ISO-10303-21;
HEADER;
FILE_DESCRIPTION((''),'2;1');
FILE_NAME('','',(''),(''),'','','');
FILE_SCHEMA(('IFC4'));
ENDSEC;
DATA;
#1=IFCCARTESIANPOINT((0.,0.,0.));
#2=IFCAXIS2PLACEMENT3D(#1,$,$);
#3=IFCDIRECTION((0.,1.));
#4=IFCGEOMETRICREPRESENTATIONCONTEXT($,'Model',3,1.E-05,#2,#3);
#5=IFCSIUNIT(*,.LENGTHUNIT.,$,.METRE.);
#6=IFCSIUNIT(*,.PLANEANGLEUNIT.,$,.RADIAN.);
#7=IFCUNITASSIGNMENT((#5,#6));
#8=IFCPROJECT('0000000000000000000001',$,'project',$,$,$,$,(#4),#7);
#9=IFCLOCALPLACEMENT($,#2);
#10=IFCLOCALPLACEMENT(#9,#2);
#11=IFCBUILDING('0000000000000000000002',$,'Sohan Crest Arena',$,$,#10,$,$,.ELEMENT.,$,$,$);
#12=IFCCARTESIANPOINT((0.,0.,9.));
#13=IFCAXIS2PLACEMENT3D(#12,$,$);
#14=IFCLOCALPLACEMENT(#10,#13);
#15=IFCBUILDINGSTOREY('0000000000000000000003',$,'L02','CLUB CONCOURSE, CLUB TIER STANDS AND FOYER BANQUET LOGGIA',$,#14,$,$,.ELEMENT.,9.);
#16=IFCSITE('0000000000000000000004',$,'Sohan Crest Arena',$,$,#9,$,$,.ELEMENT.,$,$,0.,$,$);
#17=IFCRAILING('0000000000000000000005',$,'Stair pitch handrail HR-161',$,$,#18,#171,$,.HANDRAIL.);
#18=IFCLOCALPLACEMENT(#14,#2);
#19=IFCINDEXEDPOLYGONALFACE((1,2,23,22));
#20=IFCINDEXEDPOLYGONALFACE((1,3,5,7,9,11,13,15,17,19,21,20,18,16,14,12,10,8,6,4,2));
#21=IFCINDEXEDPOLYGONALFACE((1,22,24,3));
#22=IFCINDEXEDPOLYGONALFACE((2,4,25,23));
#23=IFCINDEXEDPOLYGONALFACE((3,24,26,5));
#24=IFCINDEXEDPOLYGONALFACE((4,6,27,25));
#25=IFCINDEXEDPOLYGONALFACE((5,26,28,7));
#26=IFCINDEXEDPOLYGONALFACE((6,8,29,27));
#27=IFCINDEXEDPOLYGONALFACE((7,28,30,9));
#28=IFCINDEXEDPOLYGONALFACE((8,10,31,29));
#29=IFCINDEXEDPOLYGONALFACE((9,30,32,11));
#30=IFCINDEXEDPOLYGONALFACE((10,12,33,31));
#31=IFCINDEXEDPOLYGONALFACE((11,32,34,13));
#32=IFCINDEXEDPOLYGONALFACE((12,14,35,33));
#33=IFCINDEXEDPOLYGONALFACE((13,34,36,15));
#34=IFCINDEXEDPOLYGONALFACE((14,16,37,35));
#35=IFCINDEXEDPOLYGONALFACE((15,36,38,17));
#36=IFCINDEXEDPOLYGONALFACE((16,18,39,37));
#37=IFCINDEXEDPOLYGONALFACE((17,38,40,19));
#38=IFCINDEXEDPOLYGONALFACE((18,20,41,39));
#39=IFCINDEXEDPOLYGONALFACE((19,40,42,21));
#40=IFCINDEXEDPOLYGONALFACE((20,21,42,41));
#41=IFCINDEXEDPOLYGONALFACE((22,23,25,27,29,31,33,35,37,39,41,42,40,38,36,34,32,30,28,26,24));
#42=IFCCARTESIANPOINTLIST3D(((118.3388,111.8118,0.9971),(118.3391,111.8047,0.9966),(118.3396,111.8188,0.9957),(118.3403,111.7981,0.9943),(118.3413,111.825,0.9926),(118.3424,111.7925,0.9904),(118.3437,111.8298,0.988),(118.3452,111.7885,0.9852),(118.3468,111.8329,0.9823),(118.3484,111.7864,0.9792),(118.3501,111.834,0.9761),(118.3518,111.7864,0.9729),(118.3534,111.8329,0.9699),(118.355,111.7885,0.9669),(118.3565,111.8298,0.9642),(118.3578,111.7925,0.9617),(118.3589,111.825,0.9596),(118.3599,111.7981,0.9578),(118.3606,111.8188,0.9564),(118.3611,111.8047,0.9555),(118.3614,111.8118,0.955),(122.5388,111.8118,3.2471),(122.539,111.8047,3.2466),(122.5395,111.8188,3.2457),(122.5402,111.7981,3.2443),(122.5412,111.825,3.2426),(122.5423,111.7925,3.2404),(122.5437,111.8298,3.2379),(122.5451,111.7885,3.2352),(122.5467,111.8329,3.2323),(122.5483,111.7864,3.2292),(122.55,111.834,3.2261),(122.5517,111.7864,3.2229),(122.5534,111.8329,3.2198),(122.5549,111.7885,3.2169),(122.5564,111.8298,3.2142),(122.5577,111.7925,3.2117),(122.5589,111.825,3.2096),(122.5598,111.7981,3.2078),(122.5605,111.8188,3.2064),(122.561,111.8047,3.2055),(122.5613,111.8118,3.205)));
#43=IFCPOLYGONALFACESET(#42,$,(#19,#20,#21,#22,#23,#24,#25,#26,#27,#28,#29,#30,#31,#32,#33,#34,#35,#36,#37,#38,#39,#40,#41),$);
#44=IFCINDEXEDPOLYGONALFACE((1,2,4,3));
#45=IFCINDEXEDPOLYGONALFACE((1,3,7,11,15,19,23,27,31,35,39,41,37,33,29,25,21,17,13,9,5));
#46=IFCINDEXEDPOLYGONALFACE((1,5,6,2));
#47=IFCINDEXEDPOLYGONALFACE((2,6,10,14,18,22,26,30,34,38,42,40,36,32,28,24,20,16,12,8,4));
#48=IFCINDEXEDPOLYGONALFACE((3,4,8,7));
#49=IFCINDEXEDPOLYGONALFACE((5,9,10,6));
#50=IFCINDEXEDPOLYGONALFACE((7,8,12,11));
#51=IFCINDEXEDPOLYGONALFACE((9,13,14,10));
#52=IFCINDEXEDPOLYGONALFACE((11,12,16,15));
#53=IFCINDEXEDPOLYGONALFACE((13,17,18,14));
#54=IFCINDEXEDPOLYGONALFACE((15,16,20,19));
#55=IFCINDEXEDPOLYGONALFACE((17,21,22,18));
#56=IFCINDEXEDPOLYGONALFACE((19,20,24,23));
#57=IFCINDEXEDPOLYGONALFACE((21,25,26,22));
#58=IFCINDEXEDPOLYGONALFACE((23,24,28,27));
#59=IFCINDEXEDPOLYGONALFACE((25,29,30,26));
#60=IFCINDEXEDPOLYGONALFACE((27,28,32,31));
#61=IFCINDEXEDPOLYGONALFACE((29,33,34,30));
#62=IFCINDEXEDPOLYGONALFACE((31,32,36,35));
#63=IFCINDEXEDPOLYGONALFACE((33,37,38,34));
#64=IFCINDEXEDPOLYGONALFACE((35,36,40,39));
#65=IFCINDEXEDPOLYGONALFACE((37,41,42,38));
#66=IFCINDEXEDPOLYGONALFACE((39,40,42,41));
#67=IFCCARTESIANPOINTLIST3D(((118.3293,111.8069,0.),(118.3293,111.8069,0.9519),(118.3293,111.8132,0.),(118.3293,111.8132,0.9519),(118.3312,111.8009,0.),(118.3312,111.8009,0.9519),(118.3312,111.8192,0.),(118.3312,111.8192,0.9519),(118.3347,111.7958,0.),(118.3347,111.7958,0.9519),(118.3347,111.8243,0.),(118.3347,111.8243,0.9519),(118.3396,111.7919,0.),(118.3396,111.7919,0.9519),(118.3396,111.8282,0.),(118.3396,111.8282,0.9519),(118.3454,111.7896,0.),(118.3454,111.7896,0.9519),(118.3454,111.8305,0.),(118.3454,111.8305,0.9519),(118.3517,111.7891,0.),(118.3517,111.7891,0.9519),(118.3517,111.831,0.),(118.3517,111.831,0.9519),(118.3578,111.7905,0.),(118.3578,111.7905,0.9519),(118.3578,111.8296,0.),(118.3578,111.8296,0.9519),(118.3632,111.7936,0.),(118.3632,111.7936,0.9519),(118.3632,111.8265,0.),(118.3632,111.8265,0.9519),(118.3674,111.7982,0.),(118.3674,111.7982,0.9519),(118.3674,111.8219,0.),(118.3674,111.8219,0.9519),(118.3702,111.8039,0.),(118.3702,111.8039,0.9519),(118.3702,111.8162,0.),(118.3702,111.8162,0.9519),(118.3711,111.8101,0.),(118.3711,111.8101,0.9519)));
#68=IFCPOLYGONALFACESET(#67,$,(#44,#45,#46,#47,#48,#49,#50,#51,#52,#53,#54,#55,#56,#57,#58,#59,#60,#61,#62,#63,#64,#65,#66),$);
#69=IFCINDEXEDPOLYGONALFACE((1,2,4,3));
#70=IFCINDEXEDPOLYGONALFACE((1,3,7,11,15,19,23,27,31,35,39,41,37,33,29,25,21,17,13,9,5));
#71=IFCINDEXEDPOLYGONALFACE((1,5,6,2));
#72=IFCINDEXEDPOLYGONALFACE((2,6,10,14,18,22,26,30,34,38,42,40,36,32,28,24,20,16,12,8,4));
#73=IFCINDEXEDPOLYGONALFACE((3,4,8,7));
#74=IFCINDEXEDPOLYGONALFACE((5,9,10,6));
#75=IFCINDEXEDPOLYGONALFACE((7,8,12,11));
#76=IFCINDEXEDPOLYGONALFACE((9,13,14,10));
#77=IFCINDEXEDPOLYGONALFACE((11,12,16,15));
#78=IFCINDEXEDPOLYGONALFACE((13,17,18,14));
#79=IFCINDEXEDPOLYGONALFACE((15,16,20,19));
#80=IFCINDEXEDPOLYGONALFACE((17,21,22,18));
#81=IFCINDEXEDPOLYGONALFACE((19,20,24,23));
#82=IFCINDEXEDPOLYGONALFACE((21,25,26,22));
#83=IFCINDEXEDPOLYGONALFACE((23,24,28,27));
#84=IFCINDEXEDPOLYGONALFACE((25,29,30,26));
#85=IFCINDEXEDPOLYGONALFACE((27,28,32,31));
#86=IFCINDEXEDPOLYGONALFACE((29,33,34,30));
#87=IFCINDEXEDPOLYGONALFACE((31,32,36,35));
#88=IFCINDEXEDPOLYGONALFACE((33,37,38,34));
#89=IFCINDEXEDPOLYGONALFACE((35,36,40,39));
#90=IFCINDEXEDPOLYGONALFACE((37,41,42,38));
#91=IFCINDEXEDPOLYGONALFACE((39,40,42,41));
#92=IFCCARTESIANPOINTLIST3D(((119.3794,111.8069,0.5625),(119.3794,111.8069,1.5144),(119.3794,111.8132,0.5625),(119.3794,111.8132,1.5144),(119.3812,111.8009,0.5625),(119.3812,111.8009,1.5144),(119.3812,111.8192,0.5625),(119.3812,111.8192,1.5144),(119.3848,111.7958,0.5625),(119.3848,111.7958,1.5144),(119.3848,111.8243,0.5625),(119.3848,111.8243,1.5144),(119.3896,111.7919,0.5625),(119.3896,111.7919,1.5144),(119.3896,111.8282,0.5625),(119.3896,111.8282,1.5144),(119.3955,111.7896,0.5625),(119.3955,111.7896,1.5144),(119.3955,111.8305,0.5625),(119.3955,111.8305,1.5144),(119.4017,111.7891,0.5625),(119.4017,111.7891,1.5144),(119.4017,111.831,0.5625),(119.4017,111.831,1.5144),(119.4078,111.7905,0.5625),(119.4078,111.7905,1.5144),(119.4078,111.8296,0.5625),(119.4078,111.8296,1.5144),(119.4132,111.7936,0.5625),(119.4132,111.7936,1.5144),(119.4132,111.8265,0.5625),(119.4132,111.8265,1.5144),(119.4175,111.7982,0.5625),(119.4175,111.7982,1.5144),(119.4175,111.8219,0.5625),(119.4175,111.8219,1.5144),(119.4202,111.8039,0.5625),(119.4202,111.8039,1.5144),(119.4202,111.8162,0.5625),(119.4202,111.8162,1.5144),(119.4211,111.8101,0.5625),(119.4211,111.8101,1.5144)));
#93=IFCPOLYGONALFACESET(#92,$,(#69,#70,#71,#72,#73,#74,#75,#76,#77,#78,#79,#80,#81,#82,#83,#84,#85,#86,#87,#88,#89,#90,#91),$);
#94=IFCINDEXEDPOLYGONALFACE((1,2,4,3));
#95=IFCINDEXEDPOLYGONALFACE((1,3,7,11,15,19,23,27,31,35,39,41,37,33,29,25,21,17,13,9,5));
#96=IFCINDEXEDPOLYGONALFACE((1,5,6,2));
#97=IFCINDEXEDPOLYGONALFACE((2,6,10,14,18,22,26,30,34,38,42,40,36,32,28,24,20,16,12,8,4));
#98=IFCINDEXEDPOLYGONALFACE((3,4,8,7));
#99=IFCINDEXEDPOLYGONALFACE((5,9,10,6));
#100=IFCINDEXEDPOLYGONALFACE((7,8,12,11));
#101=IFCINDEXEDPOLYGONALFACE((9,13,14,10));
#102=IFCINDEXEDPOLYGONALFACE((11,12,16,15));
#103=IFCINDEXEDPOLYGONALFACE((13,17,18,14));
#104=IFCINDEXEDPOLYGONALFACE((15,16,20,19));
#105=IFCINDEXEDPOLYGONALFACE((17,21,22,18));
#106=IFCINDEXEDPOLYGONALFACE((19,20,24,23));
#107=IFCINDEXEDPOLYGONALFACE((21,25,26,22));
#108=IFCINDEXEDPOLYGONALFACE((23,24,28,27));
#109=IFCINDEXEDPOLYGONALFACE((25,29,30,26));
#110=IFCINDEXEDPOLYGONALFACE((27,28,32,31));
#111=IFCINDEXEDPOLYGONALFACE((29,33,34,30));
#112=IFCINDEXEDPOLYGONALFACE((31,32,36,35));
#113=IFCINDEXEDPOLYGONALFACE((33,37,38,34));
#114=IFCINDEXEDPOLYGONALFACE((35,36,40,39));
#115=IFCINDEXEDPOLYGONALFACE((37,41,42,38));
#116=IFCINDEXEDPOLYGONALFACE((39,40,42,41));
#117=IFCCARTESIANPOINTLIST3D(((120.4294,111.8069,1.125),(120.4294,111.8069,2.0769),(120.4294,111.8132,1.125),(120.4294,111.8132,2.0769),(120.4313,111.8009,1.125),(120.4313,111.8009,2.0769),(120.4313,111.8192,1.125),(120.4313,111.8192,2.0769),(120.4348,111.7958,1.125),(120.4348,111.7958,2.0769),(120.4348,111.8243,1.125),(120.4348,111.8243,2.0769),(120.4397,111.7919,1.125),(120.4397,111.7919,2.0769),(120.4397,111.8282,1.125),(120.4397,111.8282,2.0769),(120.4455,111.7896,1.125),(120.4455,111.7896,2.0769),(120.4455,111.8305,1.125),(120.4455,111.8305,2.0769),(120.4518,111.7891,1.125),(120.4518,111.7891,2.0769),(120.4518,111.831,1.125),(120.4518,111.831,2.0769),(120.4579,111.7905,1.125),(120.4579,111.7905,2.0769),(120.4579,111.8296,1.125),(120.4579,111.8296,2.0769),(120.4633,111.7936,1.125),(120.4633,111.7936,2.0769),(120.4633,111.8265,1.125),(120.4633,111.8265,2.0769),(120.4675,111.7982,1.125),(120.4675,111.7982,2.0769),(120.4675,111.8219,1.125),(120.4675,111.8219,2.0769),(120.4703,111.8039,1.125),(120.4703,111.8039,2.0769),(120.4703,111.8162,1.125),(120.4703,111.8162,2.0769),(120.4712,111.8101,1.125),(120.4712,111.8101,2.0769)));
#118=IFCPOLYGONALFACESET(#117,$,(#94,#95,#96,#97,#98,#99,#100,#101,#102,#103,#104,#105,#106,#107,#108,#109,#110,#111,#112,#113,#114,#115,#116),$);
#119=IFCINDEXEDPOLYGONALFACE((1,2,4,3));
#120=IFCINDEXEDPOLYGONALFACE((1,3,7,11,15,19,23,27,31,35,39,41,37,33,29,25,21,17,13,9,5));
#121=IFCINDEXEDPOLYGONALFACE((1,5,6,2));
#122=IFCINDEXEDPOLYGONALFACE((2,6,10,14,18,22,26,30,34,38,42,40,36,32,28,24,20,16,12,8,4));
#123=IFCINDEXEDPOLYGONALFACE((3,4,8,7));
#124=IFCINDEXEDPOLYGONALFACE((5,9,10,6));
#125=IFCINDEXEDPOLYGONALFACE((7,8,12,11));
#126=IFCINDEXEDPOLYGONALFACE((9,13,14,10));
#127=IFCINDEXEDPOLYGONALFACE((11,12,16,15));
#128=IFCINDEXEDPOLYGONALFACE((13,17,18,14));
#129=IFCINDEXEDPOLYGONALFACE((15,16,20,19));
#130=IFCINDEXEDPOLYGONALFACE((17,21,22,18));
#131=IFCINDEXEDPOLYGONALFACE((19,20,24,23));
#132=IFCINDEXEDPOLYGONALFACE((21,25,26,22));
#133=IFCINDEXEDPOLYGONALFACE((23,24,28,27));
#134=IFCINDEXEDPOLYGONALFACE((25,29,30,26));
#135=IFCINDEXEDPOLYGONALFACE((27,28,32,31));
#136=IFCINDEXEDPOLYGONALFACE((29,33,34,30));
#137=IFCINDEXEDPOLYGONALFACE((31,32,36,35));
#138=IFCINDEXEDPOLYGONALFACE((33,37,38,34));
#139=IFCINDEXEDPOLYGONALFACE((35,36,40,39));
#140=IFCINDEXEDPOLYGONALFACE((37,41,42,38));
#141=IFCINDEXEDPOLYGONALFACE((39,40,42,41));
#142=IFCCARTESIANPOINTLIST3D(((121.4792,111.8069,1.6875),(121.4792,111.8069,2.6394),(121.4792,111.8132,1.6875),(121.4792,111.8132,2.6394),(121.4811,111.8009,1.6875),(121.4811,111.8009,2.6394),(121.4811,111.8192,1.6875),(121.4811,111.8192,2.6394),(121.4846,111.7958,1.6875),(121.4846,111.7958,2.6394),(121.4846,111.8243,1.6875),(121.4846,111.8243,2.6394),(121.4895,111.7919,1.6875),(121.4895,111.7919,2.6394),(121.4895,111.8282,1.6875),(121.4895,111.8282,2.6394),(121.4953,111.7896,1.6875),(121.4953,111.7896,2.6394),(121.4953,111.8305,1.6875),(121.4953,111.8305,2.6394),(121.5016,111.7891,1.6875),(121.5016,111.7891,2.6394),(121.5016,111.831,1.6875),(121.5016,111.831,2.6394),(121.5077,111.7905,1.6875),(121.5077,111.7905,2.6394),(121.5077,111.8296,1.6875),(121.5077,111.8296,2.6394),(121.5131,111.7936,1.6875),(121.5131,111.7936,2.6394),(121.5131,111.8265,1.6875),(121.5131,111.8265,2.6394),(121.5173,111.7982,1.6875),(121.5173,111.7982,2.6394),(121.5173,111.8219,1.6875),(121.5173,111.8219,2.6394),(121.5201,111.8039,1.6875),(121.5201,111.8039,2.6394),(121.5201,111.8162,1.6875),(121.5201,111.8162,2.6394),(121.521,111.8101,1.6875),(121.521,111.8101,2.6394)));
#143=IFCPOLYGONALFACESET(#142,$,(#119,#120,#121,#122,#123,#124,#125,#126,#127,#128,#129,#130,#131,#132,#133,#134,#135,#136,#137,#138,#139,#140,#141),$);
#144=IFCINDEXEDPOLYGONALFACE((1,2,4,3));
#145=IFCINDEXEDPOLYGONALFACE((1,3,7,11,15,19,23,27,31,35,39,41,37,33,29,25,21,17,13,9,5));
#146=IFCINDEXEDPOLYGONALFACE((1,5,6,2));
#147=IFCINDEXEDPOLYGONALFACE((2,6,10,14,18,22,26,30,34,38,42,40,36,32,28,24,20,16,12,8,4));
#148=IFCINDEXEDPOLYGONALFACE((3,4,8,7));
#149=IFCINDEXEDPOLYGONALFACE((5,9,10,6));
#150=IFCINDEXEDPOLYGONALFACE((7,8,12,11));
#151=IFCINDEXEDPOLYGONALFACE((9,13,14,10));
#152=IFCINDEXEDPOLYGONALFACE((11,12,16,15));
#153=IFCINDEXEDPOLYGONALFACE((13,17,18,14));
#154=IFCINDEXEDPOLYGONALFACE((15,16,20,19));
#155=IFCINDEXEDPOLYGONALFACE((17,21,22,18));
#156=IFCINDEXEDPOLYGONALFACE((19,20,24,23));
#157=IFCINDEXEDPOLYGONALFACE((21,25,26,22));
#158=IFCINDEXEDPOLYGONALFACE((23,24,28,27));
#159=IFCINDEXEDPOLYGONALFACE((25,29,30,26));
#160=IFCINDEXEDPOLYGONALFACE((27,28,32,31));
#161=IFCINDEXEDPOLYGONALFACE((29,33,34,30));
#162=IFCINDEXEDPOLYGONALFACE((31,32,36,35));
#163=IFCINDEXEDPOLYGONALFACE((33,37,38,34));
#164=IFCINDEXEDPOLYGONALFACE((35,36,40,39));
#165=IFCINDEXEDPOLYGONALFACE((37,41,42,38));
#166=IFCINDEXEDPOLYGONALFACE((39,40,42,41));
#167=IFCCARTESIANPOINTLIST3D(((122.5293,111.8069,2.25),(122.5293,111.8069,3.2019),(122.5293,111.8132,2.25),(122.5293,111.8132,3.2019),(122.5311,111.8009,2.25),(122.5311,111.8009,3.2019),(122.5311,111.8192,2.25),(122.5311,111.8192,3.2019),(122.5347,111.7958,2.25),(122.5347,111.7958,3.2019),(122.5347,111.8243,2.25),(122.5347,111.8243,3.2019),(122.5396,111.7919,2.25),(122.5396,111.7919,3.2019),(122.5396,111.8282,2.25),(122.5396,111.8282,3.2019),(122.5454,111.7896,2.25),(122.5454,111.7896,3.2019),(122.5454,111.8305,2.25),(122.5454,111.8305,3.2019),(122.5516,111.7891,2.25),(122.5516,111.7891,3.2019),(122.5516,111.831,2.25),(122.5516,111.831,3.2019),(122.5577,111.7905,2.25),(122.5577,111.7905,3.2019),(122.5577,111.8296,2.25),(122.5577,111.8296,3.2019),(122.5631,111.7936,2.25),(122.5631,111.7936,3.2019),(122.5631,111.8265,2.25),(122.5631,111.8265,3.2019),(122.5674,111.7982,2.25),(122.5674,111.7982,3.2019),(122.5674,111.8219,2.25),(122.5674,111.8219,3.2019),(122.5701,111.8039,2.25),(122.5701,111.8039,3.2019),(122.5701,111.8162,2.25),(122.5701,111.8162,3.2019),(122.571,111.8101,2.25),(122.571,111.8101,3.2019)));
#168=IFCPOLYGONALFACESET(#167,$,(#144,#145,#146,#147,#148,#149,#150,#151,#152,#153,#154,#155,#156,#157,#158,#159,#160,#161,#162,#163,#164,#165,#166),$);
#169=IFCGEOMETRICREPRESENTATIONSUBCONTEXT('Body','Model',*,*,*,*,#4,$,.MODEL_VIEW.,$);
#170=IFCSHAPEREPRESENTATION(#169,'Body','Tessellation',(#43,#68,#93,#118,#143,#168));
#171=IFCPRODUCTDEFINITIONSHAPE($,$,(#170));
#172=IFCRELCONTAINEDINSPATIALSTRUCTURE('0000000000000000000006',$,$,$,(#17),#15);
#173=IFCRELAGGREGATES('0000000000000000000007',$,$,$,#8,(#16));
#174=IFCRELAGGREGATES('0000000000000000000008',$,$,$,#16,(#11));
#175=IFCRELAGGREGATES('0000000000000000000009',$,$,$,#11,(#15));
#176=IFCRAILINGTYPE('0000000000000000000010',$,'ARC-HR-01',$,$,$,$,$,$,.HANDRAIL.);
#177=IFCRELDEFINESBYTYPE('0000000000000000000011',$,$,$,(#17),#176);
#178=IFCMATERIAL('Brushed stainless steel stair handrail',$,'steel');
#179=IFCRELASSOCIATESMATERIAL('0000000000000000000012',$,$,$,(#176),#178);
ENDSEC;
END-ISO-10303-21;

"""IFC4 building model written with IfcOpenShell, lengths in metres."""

from ifc_helpers import new_model, si_unit, direction, frame, origin, origin_2d, place, context, subcontext, project, spatial, circle, extrude, material, type_object, element, save


model = new_model("IFC4")

# Units and contexts
model_context = context("Model", 3, precision=1e-05, world=origin(), true_north=direction((0.0, 1.0)))
body_context = subcontext(model_context, "Body", "Model", "MODEL_VIEW")
ifc_project = project(units=[si_unit("LENGTHUNIT", "METRE"), si_unit("PLANEANGLEUNIT", "RADIAN")], contexts=[model_context])

# Site, building, storey
site_placement = place(None, origin())
site = spatial("IfcSite", under=ifc_project, at=site_placement, Name="Sohan Crest Arena", CompositionType="ELEMENT", RefElevation=0.0)
building_placement = place(site_placement, origin())
building = spatial("IfcBuilding", under=site, at=building_placement, Name="Sohan Crest Arena", CompositionType="ELEMENT")
storey_placement = place(building_placement, frame((0.0, 0.0, 9.0)))
storey = spatial("IfcBuildingStorey", under=building, at=storey_placement, Name="L02", Description="CLUB CONCOURSE, CLUB TIER STANDS AND FOYER BANQUET LOGGIA", CompositionType="ELEMENT", Elevation=9.0)

# Railing
ifc_material_1 = material(Name="Brushed stainless steel stair handrail", Category="steel")
railing_type_1 = type_object("IfcRailingType", Name="ARC-HR-01", PredefinedType="HANDRAIL", material=ifc_material_1)
for number, where, name in (
    (1, (118.3501, 111.8101, 0.0), "Stair pitch handrail HR-161"),
):
    element("IfcRailing", number, at=place(storey_placement, frame(where)), inside=storey, type_object=railing_type_1, Name=name, PredefinedType="HANDRAIL", context=body_context, shape_type="SweptSolid", body=[
        extrude(circle(Radius=0.0239, at=origin_2d()), frame((0.0, 0.0, 0.9761), z_axis=(0.881478, 0.0, 0.472226), x_axis=(0.0, 1.0, 0.0)), (0.0, 0.0, 1.0), 4.7646),
        extrude(circle(Radius=0.021, at=origin_2d()), origin(), (0.0, 0.0, 1.0), 0.9519),
        extrude(circle(Radius=0.021, at=origin_2d()), frame((1.05, 0.0, 0.5625)), (0.0, 0.0, 1.0), 0.9519),
        extrude(circle(Radius=0.021, at=origin_2d()), frame((2.1001, 0.0, 1.125)), (0.0, 0.0, 1.0), 0.9519),
        extrude(circle(Radius=0.021, at=origin_2d()), frame((3.1499, 0.0, 1.6875)), (0.0, 0.0, 1.0), 0.9519),
        extrude(circle(Radius=0.021, at=origin_2d()), frame((4.2, 0.0, 2.25)), (0.0, 0.0, 1.0), 0.9519),
    ])

save(model, "model.ifc")
